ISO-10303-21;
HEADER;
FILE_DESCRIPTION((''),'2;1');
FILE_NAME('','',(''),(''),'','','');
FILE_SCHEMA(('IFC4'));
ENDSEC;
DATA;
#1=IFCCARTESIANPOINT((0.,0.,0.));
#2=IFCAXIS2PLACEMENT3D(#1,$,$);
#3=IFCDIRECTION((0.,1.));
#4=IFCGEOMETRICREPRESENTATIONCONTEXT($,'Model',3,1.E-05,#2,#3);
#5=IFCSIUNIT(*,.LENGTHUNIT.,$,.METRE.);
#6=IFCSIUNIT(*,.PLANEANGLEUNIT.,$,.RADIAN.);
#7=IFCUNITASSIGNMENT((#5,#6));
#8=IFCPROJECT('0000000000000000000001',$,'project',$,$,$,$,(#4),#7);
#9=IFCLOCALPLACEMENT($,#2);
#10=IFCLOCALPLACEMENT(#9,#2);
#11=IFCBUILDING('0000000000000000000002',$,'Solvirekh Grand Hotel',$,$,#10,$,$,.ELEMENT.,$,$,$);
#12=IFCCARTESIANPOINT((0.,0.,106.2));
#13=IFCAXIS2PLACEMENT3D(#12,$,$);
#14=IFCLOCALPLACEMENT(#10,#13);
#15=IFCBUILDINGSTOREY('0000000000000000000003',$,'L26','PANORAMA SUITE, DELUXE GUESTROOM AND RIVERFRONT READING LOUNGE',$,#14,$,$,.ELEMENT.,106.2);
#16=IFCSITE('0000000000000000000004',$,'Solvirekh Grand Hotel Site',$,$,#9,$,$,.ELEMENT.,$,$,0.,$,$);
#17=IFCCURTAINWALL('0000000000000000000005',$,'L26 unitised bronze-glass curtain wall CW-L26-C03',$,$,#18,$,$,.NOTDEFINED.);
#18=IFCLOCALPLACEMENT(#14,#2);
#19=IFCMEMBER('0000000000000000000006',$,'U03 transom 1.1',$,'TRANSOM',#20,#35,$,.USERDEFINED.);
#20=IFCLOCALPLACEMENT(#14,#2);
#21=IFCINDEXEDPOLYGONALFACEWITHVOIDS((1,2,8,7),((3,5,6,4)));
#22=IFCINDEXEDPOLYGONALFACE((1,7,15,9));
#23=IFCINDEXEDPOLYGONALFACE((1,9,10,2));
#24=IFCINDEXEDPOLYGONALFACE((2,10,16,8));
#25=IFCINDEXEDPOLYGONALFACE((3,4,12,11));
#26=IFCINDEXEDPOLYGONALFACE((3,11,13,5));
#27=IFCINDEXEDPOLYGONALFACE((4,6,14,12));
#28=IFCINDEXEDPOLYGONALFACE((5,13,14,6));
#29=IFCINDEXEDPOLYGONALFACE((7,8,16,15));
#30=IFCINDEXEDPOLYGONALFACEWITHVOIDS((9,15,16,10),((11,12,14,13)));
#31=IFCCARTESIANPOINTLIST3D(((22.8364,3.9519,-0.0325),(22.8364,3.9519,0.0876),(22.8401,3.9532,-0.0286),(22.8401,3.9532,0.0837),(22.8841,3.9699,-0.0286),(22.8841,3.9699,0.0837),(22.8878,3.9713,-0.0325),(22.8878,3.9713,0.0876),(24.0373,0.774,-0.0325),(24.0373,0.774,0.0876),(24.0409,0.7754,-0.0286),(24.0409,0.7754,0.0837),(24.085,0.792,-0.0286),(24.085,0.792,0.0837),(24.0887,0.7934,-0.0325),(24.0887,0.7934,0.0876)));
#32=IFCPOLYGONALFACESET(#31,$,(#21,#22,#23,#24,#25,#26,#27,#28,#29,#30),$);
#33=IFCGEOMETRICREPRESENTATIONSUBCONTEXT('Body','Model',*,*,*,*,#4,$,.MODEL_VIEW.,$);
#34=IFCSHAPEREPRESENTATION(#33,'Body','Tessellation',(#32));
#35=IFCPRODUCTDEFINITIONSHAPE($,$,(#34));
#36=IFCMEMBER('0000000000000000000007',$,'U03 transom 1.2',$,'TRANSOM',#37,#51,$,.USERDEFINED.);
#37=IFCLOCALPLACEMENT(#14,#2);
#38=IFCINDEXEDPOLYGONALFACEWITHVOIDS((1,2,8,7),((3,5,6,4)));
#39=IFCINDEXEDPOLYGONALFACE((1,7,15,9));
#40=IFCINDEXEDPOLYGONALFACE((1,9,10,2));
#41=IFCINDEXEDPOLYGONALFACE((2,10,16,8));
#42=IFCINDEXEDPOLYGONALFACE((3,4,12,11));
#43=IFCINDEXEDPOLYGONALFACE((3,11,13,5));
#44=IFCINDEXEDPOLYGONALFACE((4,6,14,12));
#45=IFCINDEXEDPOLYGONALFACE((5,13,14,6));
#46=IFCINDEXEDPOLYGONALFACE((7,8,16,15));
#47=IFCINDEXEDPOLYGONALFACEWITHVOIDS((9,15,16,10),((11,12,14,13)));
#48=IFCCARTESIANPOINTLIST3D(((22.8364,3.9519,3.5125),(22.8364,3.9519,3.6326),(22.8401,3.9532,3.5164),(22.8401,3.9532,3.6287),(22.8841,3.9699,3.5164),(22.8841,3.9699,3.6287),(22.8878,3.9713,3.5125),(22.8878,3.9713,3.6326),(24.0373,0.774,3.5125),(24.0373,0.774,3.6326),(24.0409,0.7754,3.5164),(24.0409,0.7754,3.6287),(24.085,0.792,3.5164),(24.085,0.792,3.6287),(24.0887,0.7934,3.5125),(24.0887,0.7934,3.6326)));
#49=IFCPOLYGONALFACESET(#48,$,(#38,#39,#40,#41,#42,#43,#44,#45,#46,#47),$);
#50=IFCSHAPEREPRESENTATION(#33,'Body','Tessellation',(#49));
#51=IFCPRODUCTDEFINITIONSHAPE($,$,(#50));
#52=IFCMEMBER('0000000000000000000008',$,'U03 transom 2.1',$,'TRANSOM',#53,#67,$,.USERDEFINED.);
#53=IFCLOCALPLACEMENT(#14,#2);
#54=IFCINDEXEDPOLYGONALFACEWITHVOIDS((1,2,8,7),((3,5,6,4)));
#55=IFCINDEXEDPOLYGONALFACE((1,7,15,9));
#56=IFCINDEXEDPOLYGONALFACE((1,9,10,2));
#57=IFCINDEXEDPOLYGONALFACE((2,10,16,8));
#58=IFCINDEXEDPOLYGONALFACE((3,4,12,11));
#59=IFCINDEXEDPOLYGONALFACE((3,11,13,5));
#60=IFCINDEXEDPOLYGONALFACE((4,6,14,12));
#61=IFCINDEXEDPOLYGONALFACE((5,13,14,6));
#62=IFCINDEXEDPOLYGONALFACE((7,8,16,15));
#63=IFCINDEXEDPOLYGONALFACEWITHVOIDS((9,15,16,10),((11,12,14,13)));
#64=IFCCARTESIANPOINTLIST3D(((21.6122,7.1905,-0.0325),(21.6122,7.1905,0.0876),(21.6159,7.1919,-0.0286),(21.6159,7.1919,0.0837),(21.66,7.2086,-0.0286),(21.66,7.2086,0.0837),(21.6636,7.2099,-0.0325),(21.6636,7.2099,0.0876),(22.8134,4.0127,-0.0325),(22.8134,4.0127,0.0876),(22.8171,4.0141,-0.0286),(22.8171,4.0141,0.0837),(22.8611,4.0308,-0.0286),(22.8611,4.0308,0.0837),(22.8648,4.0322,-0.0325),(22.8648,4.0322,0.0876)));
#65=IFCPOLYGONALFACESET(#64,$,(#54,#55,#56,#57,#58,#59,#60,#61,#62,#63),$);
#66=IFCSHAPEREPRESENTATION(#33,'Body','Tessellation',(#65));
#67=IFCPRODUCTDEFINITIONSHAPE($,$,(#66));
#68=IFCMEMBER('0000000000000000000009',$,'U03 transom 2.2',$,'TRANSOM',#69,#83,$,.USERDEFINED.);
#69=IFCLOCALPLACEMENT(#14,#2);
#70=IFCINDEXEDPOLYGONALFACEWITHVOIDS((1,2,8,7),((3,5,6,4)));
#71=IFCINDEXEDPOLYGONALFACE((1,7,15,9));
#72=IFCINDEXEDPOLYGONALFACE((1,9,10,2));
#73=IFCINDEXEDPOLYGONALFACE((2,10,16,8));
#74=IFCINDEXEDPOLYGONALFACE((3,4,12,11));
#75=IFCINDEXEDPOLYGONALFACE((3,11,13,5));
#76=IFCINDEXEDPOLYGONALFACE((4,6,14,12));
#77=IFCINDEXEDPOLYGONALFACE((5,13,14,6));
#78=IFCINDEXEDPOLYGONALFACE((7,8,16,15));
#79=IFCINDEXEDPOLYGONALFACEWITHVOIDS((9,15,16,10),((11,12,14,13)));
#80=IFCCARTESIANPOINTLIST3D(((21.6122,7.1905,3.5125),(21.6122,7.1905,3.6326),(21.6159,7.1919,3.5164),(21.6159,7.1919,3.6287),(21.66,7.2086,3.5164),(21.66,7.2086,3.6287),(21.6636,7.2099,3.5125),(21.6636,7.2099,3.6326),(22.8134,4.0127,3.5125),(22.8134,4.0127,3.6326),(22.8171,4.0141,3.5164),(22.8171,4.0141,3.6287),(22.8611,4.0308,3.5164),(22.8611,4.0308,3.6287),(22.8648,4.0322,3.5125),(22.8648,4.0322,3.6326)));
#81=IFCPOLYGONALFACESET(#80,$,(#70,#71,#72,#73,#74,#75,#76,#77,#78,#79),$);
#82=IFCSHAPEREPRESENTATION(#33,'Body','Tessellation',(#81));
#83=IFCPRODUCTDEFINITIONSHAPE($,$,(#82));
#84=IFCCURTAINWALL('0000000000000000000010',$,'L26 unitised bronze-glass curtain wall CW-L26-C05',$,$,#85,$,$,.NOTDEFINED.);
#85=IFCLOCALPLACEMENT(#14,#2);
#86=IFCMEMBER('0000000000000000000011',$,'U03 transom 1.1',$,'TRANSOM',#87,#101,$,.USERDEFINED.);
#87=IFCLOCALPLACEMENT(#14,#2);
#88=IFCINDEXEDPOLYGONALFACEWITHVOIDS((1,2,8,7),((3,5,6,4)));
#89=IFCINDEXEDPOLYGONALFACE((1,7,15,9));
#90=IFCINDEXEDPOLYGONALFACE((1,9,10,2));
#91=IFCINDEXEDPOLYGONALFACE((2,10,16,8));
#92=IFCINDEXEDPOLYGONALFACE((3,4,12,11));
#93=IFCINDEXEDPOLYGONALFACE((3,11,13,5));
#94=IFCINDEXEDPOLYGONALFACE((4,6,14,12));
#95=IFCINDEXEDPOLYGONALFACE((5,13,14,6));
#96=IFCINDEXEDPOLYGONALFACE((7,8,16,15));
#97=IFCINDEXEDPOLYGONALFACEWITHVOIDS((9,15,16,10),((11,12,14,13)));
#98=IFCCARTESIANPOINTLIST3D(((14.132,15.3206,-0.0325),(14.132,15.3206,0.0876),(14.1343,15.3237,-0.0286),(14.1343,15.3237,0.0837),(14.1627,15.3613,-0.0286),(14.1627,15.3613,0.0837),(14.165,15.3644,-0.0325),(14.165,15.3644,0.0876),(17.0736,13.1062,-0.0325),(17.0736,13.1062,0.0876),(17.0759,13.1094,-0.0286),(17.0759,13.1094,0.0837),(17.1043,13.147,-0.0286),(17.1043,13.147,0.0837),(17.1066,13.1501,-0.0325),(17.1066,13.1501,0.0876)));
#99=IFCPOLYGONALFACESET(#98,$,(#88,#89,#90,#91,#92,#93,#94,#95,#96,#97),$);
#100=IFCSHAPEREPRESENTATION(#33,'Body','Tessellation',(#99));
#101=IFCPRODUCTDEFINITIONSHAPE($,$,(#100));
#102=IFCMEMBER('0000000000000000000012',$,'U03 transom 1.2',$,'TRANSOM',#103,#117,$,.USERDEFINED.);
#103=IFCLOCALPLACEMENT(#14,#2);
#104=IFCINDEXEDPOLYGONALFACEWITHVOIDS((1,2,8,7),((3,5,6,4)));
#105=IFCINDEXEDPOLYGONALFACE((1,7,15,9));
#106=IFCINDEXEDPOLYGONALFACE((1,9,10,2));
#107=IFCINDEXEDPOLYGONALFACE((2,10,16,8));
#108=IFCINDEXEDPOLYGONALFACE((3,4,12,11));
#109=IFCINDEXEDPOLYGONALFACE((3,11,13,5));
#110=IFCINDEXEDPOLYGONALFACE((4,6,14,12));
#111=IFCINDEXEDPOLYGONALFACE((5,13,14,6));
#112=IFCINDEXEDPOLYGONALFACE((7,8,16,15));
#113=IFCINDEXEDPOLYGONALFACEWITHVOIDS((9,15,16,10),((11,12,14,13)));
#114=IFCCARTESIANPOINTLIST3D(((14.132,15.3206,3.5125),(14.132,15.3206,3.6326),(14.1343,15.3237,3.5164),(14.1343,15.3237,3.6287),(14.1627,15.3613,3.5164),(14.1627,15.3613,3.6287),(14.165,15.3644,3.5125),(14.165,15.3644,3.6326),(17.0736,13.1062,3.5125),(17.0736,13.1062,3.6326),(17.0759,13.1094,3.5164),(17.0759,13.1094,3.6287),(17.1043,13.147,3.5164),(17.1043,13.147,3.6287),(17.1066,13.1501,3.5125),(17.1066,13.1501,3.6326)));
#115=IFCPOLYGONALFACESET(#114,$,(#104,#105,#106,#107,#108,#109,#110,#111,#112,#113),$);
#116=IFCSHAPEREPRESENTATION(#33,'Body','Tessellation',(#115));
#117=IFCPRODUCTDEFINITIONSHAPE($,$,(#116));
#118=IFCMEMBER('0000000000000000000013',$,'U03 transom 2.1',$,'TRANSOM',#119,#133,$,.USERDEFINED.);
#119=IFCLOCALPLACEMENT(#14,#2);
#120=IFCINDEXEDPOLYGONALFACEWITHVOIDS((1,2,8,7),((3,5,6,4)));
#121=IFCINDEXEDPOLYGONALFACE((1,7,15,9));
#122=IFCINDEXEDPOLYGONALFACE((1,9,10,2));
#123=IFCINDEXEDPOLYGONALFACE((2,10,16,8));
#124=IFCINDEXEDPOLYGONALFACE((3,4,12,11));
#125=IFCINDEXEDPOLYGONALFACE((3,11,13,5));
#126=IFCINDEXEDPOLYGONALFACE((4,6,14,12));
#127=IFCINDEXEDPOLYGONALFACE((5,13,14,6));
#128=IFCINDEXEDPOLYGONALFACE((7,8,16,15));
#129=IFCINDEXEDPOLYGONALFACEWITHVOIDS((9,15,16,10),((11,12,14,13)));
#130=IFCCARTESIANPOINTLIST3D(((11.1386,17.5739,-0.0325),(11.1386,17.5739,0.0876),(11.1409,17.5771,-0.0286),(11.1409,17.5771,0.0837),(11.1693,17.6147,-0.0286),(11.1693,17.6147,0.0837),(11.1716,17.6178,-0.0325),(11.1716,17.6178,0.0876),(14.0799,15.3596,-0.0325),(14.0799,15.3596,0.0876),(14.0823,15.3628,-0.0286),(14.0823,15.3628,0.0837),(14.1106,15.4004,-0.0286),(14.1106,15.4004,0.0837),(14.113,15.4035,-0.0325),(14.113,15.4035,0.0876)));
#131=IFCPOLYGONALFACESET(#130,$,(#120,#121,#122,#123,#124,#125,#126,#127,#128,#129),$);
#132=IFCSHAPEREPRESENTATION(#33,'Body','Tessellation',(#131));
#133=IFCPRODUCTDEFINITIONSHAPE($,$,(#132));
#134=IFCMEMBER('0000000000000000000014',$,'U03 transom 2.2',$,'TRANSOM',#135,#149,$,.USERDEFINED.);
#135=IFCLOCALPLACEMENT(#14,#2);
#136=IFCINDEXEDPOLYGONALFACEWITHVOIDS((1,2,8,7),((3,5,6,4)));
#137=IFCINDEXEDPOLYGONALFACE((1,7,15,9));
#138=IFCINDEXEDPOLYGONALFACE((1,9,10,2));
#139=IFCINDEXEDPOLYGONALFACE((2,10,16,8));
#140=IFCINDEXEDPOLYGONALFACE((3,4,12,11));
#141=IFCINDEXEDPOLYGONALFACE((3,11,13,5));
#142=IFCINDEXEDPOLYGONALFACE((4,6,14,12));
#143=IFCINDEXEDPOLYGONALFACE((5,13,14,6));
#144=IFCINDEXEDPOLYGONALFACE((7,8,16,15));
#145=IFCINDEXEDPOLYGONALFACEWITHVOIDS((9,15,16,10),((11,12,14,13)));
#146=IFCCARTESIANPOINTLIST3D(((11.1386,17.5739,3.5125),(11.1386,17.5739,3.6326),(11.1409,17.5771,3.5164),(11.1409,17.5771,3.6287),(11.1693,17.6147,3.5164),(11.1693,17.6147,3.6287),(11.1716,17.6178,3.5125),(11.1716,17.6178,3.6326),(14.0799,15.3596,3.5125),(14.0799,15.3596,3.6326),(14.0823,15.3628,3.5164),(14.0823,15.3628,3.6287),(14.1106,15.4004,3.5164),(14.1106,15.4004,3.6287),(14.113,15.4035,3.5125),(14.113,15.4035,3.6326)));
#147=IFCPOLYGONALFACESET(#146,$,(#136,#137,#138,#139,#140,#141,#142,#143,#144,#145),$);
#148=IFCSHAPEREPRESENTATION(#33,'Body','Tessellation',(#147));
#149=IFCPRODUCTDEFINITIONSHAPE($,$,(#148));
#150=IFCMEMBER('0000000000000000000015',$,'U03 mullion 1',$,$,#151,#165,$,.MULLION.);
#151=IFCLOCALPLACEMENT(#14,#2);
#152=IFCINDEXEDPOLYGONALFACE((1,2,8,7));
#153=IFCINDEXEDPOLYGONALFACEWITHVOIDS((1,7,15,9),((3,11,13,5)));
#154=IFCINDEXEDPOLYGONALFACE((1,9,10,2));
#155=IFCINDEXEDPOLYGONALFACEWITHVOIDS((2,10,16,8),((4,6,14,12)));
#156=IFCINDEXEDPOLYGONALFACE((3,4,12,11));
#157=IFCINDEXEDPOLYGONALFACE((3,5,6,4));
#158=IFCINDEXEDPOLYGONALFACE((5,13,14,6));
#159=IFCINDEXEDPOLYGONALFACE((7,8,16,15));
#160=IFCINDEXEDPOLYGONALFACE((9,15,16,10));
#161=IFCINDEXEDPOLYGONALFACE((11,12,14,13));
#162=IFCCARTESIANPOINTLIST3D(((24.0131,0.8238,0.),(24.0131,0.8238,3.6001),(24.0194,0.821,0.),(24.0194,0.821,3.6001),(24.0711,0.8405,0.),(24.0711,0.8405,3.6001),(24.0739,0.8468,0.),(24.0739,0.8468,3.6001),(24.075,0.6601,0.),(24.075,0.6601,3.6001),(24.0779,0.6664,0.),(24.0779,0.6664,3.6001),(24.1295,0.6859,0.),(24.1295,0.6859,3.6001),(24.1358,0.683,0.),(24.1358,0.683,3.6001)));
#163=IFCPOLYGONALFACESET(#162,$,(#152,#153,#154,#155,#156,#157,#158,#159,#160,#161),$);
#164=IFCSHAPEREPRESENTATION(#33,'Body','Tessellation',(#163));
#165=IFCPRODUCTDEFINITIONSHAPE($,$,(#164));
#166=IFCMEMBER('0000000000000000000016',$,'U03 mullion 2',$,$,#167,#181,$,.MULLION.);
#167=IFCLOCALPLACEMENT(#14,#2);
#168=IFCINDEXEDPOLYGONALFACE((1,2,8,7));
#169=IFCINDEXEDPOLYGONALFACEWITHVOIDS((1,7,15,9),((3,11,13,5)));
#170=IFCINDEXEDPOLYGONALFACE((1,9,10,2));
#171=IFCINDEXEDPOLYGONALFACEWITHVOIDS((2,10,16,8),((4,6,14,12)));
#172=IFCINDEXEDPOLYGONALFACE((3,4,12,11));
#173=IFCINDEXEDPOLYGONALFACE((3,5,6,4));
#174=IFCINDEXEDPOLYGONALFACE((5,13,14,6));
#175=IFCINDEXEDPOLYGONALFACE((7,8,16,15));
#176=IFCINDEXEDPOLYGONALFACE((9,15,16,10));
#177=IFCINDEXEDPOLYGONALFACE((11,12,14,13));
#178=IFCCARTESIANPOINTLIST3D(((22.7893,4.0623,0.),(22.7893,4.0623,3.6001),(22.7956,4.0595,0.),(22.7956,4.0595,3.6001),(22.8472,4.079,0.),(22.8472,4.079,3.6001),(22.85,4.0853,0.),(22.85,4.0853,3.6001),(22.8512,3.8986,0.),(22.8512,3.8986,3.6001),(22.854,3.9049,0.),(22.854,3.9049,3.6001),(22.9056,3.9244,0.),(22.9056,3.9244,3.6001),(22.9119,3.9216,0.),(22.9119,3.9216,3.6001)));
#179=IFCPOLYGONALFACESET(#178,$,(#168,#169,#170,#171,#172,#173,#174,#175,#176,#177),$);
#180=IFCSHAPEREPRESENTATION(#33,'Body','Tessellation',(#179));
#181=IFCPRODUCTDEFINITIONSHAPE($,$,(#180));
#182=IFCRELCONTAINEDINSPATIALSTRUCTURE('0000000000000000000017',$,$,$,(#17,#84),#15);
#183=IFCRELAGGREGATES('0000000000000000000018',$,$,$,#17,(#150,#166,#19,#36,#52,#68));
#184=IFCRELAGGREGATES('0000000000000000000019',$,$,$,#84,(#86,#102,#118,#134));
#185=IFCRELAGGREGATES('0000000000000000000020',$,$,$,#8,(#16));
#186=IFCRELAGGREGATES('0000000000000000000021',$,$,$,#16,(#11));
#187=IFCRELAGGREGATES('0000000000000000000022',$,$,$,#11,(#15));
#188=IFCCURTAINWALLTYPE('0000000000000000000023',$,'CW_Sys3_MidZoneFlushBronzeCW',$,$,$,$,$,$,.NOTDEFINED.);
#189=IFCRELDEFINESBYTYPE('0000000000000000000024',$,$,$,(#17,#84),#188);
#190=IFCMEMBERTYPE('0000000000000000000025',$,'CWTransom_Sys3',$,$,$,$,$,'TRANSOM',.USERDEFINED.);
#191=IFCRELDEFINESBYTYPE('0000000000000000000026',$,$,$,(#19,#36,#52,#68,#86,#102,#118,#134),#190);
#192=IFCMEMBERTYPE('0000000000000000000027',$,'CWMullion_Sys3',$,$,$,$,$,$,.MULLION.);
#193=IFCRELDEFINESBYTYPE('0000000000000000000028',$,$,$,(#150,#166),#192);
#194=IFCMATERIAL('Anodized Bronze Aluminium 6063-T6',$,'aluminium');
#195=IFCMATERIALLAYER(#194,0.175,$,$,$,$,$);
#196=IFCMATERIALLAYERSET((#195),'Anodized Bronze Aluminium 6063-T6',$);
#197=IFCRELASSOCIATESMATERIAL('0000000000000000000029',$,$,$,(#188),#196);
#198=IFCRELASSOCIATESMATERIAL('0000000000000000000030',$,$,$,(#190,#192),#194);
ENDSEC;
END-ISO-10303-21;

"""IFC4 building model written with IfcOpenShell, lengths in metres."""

from ifc_helpers import new_model, si_unit, direction, frame, origin, origin_2d, place, context, subcontext, project, spatial, hollow_rectangle, extrude, source, transform, mapped, material, layer, layer_set, material_profile, profile_set, type_object, element, aggregate, save


model = new_model("IFC4")

# Units and contexts
model_context = context("Model", 3, precision=1e-05, world=origin(), true_north=direction((0.0, 1.0)))
body_context = subcontext(model_context, "Body", "Model", "MODEL_VIEW")
ifc_project = project(units=[si_unit("LENGTHUNIT", "METRE"), si_unit("PLANEANGLEUNIT", "RADIAN")], contexts=[model_context])

# Site, building, storey
site_placement = place(None, origin())
site = spatial("IfcSite", under=ifc_project, at=site_placement, Name="Solvirekh Grand Hotel Site", CompositionType="ELEMENT", RefElevation=0.0)
building_placement = place(site_placement, origin())
building = spatial("IfcBuilding", under=site, at=building_placement, Name="Solvirekh Grand Hotel", CompositionType="ELEMENT")
storey_placement = place(building_placement, frame((0.0, 0.0, 106.2)))
storey = spatial("IfcBuildingStorey", under=building, at=storey_placement, Name="L26", Description="PANORAMA SUITE, DELUXE GUESTROOM AND RIVERFRONT READING LOUNGE", CompositionType="ELEMENT", Elevation=106.2)

# Curtain walls, members
ifc_material_1 = material(Name="Anodized Bronze Aluminium 6063-T6", Category="aluminium")
ifc_layer_1 = layer(ifc_material_1, 0.175)
ifc_layer_set_1 = layer_set([ifc_layer_1], Name="Anodized Bronze Aluminium 6063-T6")
curtain_wall_type = type_object("IfcCurtainWallType", Name="CW_Sys3_MidZoneFlushBronzeCW", PredefinedType="NOTDEFINED", material=ifc_layer_set_1)
curtain_wall_1_placement = place(storey_placement, origin())
curtain_wall_1 = element("IfcCurtainWall", 1, at=curtain_wall_1_placement, inside=storey, type_object=curtain_wall_type, Name="L26 unitised bronze-glass curtain wall CW-L26-C03", PredefinedType="NOTDEFINED")
ifc_material_profile_1 = material_profile(ifc_material_1, hollow_rectangle(XDim=0.0549, YDim=0.1201, WallThickness=0.0039, at=origin_2d()), Name="ALU RHS 120X55X4")
ifc_profile_set_1 = profile_set([ifc_material_profile_1], Name="Anodized Bronze Aluminium 6063-T6")
member_type_1 = type_object("IfcMemberType", Name="CWTransom_Sys3", ElementType="TRANSOM", PredefinedType="USERDEFINED", material=ifc_profile_set_1)
shared_shape_1 = source(origin(), body_context, "Body", "SweptSolid", [
    extrude(hollow_rectangle(XDim=0.0549, YDim=0.1201, WallThickness=0.0039, at=origin_2d()), origin(), (0.0, 0.0, 1.0), 3.3972),
])
member_1_placement = place(storey_placement, frame((24.063, 0.7837, 0.0276), z_axis=(-0.353493, 0.935437, 0.0), x_axis=(-0.935437, -0.353493, 0.0)))
member_1 = element("IfcMember", 2, at=member_1_placement, type_object=member_type_1, Name="U03 transom 1.1", ObjectType="TRANSOM", PredefinedType="USERDEFINED", context=body_context, shape_type="MappedRepresentation", body=[
    mapped(shared_shape_1, transform((0.0, 0.0, 0.0), x_axis=(1.0, 0.0, 0.0), y_axis=(0.0, 1.0, 0.0), z_axis=(0.0, 0.0, 1.0), scale=1.0)),
])
member_2_placement = place(storey_placement, frame((24.063, 0.7837, 3.5725), z_axis=(-0.353493, 0.935437, 0.0), x_axis=(-0.935437, -0.353493, 0.0)))
member_2 = element("IfcMember", 3, at=member_2_placement, type_object=member_type_1, Name="U03 transom 1.2", ObjectType="TRANSOM", PredefinedType="USERDEFINED", context=body_context, shape_type="MappedRepresentation", body=[
    mapped(shared_shape_1, transform((0.0, 0.0, 0.0), x_axis=(1.0, 0.0, 0.0), y_axis=(0.0, 1.0, 0.0), z_axis=(0.0, 0.0, 1.0), scale=1.0)),
])
member_3_placement = place(storey_placement, frame((22.8391, 4.0225, 0.0276), z_axis=(-0.353579, 0.935404, 0.0), x_axis=(-0.935404, -0.353579, 0.0)))
member_3 = element("IfcMember", 4, at=member_3_placement, type_object=member_type_1, Name="U03 transom 2.1", ObjectType="TRANSOM", PredefinedType="USERDEFINED", context=body_context, shape_type="MappedRepresentation", body=[
    mapped(shared_shape_1, transform((0.0, 0.0, 0.0), x_axis=(1.0, 0.0, 0.0), y_axis=(0.0, 1.0, 0.0), z_axis=(0.0, 0.0, 1.0), scale=1.0)),
])
member_4_placement = place(storey_placement, frame((22.8391, 4.0225, 3.5725), z_axis=(-0.353579, 0.935404, 0.0), x_axis=(-0.935404, -0.353579, 0.0)))
member_4 = element("IfcMember", 5, at=member_4_placement, type_object=member_type_1, Name="U03 transom 2.2", ObjectType="TRANSOM", PredefinedType="USERDEFINED", context=body_context, shape_type="MappedRepresentation", body=[
    mapped(shared_shape_1, transform((0.0, 0.0, 0.0), x_axis=(1.0, 0.0, 0.0), y_axis=(0.0, 1.0, 0.0), z_axis=(0.0, 0.0, 1.0), scale=1.0)),
])
curtain_wall_2_placement = place(storey_placement, origin())
curtain_wall_2 = element("IfcCurtainWall", 6, at=curtain_wall_2_placement, inside=storey, type_object=curtain_wall_type, Name="L26 unitised bronze-glass curtain wall CW-L26-C05", PredefinedType="NOTDEFINED")
shared_shape_2 = source(origin(), body_context, "Body", "SweptSolid", [
    extrude(hollow_rectangle(XDim=0.0549, YDim=0.1201, WallThickness=0.0039, at=origin_2d()), origin(), (0.0, 0.0, 1.0), 3.6819),
])
member_5_placement = place(storey_placement, frame((17.0901, 13.1282, 0.0276), z_axis=(-0.79894, 0.60141, 0.0), x_axis=(-0.60141, -0.79894, 0.0)))
member_5 = element("IfcMember", 7, at=member_5_placement, type_object=member_type_1, Name="U03 transom 1.1", ObjectType="TRANSOM", PredefinedType="USERDEFINED", context=body_context, shape_type="MappedRepresentation", body=[
    mapped(shared_shape_2, transform((0.0, 0.0, 0.0), x_axis=(1.0, 0.0, 0.0), y_axis=(0.0, 1.0, 0.0), z_axis=(0.0, 0.0, 1.0), scale=1.0)),
])
member_6_placement = place(storey_placement, frame((17.0901, 13.1282, 3.5725), z_axis=(-0.79894, 0.60141, 0.0), x_axis=(-0.60141, -0.79894, 0.0)))
member_6 = element("IfcMember", 8, at=member_6_placement, type_object=member_type_1, Name="U03 transom 1.2", ObjectType="TRANSOM", PredefinedType="USERDEFINED", context=body_context, shape_type="MappedRepresentation", body=[
    mapped(shared_shape_2, transform((0.0, 0.0, 0.0), x_axis=(1.0, 0.0, 0.0), y_axis=(0.0, 1.0, 0.0), z_axis=(0.0, 0.0, 1.0), scale=1.0)),
])
shared_shape_3 = source(origin(), body_context, "Body", "SweptSolid", [
    extrude(hollow_rectangle(XDim=0.0549, YDim=0.1201, WallThickness=0.0039, at=origin_2d()), origin(), (0.0, 0.0, 1.0), 3.6816),
])
member_7_placement = place(storey_placement, frame((14.0964, 15.3816, 0.0276), z_axis=(-0.798917, 0.601442, 0.0), x_axis=(-0.601442, -0.798917, 0.0)))
member_7 = element("IfcMember", 9, at=member_7_placement, type_object=member_type_1, Name="U03 transom 2.1", ObjectType="TRANSOM", PredefinedType="USERDEFINED", context=body_context, shape_type="MappedRepresentation", body=[
    mapped(shared_shape_3, transform((0.0, 0.0, 0.0), x_axis=(1.0, 0.0, 0.0), y_axis=(0.0, 1.0, 0.0), z_axis=(0.0, 0.0, 1.0), scale=1.0)),
])
member_8_placement = place(storey_placement, frame((14.0964, 15.3816, 3.5725), z_axis=(-0.798917, 0.601442, 0.0), x_axis=(-0.601442, -0.798917, 0.0)))
member_8 = element("IfcMember", 10, at=member_8_placement, type_object=member_type_1, Name="U03 transom 2.2", ObjectType="TRANSOM", PredefinedType="USERDEFINED", context=body_context, shape_type="MappedRepresentation", body=[
    mapped(shared_shape_3, transform((0.0, 0.0, 0.0), x_axis=(1.0, 0.0, 0.0), y_axis=(0.0, 1.0, 0.0), z_axis=(0.0, 0.0, 1.0), scale=1.0)),
])

# Members
ifc_material_profile_2 = material_profile(ifc_material_1, hollow_rectangle(XDim=0.0649, YDim=0.175, WallThickness=0.0049, at=origin_2d()), Name="ALU RHS 175X65X5")
ifc_profile_set_2 = profile_set([ifc_material_profile_2], Name="Anodized Bronze Aluminium 6063-T6")
member_type_2 = type_object("IfcMemberType", Name="CWMullion_Sys3", PredefinedType="MULLION", material=ifc_profile_set_2)
shared_shape_4 = source(origin(), body_context, "Body", "SweptSolid", [
    extrude(hollow_rectangle(XDim=0.0649, YDim=0.175, WallThickness=0.0049, at=origin_2d()), origin(), (0.0, 0.0, 1.0), 3.6001),
])
member_9_placement = place(storey_placement, frame((24.0745, 0.7534, 0.0), z_axis=(0.0, 0.0, 1.0), x_axis=(-0.935421, -0.353537, 0.0)))
member_9 = element("IfcMember", 11, at=member_9_placement, type_object=member_type_2, Name="U03 mullion 1", PredefinedType="MULLION", context=body_context, shape_type="MappedRepresentation", body=[
    mapped(shared_shape_4, transform((0.0, 0.0, 0.0), x_axis=(1.0, 0.0, 0.0), y_axis=(0.0, 1.0, 0.0), z_axis=(0.0, 0.0, 1.0), scale=1.0)),
])
member_10_placement = place(storey_placement, frame((22.8506, 3.9919, 0.0), z_axis=(0.0, 0.0, 1.0), x_axis=(-0.935421, -0.353537, 0.0)))
member_10 = element("IfcMember", 12, at=member_10_placement, type_object=member_type_2, Name="U03 mullion 2", PredefinedType="MULLION", context=body_context, shape_type="MappedRepresentation", body=[
    mapped(shared_shape_4, transform((0.0, 0.0, 0.0), x_axis=(1.0, 0.0, 0.0), y_axis=(0.0, 1.0, 0.0), z_axis=(0.0, 0.0, 1.0), scale=1.0)),
])

aggregate(curtain_wall_1, [member_9, member_10, member_1, member_2, member_3, member_4])
aggregate(curtain_wall_2, [member_5, member_6, member_7, member_8])

save(model, "model.ifc")
